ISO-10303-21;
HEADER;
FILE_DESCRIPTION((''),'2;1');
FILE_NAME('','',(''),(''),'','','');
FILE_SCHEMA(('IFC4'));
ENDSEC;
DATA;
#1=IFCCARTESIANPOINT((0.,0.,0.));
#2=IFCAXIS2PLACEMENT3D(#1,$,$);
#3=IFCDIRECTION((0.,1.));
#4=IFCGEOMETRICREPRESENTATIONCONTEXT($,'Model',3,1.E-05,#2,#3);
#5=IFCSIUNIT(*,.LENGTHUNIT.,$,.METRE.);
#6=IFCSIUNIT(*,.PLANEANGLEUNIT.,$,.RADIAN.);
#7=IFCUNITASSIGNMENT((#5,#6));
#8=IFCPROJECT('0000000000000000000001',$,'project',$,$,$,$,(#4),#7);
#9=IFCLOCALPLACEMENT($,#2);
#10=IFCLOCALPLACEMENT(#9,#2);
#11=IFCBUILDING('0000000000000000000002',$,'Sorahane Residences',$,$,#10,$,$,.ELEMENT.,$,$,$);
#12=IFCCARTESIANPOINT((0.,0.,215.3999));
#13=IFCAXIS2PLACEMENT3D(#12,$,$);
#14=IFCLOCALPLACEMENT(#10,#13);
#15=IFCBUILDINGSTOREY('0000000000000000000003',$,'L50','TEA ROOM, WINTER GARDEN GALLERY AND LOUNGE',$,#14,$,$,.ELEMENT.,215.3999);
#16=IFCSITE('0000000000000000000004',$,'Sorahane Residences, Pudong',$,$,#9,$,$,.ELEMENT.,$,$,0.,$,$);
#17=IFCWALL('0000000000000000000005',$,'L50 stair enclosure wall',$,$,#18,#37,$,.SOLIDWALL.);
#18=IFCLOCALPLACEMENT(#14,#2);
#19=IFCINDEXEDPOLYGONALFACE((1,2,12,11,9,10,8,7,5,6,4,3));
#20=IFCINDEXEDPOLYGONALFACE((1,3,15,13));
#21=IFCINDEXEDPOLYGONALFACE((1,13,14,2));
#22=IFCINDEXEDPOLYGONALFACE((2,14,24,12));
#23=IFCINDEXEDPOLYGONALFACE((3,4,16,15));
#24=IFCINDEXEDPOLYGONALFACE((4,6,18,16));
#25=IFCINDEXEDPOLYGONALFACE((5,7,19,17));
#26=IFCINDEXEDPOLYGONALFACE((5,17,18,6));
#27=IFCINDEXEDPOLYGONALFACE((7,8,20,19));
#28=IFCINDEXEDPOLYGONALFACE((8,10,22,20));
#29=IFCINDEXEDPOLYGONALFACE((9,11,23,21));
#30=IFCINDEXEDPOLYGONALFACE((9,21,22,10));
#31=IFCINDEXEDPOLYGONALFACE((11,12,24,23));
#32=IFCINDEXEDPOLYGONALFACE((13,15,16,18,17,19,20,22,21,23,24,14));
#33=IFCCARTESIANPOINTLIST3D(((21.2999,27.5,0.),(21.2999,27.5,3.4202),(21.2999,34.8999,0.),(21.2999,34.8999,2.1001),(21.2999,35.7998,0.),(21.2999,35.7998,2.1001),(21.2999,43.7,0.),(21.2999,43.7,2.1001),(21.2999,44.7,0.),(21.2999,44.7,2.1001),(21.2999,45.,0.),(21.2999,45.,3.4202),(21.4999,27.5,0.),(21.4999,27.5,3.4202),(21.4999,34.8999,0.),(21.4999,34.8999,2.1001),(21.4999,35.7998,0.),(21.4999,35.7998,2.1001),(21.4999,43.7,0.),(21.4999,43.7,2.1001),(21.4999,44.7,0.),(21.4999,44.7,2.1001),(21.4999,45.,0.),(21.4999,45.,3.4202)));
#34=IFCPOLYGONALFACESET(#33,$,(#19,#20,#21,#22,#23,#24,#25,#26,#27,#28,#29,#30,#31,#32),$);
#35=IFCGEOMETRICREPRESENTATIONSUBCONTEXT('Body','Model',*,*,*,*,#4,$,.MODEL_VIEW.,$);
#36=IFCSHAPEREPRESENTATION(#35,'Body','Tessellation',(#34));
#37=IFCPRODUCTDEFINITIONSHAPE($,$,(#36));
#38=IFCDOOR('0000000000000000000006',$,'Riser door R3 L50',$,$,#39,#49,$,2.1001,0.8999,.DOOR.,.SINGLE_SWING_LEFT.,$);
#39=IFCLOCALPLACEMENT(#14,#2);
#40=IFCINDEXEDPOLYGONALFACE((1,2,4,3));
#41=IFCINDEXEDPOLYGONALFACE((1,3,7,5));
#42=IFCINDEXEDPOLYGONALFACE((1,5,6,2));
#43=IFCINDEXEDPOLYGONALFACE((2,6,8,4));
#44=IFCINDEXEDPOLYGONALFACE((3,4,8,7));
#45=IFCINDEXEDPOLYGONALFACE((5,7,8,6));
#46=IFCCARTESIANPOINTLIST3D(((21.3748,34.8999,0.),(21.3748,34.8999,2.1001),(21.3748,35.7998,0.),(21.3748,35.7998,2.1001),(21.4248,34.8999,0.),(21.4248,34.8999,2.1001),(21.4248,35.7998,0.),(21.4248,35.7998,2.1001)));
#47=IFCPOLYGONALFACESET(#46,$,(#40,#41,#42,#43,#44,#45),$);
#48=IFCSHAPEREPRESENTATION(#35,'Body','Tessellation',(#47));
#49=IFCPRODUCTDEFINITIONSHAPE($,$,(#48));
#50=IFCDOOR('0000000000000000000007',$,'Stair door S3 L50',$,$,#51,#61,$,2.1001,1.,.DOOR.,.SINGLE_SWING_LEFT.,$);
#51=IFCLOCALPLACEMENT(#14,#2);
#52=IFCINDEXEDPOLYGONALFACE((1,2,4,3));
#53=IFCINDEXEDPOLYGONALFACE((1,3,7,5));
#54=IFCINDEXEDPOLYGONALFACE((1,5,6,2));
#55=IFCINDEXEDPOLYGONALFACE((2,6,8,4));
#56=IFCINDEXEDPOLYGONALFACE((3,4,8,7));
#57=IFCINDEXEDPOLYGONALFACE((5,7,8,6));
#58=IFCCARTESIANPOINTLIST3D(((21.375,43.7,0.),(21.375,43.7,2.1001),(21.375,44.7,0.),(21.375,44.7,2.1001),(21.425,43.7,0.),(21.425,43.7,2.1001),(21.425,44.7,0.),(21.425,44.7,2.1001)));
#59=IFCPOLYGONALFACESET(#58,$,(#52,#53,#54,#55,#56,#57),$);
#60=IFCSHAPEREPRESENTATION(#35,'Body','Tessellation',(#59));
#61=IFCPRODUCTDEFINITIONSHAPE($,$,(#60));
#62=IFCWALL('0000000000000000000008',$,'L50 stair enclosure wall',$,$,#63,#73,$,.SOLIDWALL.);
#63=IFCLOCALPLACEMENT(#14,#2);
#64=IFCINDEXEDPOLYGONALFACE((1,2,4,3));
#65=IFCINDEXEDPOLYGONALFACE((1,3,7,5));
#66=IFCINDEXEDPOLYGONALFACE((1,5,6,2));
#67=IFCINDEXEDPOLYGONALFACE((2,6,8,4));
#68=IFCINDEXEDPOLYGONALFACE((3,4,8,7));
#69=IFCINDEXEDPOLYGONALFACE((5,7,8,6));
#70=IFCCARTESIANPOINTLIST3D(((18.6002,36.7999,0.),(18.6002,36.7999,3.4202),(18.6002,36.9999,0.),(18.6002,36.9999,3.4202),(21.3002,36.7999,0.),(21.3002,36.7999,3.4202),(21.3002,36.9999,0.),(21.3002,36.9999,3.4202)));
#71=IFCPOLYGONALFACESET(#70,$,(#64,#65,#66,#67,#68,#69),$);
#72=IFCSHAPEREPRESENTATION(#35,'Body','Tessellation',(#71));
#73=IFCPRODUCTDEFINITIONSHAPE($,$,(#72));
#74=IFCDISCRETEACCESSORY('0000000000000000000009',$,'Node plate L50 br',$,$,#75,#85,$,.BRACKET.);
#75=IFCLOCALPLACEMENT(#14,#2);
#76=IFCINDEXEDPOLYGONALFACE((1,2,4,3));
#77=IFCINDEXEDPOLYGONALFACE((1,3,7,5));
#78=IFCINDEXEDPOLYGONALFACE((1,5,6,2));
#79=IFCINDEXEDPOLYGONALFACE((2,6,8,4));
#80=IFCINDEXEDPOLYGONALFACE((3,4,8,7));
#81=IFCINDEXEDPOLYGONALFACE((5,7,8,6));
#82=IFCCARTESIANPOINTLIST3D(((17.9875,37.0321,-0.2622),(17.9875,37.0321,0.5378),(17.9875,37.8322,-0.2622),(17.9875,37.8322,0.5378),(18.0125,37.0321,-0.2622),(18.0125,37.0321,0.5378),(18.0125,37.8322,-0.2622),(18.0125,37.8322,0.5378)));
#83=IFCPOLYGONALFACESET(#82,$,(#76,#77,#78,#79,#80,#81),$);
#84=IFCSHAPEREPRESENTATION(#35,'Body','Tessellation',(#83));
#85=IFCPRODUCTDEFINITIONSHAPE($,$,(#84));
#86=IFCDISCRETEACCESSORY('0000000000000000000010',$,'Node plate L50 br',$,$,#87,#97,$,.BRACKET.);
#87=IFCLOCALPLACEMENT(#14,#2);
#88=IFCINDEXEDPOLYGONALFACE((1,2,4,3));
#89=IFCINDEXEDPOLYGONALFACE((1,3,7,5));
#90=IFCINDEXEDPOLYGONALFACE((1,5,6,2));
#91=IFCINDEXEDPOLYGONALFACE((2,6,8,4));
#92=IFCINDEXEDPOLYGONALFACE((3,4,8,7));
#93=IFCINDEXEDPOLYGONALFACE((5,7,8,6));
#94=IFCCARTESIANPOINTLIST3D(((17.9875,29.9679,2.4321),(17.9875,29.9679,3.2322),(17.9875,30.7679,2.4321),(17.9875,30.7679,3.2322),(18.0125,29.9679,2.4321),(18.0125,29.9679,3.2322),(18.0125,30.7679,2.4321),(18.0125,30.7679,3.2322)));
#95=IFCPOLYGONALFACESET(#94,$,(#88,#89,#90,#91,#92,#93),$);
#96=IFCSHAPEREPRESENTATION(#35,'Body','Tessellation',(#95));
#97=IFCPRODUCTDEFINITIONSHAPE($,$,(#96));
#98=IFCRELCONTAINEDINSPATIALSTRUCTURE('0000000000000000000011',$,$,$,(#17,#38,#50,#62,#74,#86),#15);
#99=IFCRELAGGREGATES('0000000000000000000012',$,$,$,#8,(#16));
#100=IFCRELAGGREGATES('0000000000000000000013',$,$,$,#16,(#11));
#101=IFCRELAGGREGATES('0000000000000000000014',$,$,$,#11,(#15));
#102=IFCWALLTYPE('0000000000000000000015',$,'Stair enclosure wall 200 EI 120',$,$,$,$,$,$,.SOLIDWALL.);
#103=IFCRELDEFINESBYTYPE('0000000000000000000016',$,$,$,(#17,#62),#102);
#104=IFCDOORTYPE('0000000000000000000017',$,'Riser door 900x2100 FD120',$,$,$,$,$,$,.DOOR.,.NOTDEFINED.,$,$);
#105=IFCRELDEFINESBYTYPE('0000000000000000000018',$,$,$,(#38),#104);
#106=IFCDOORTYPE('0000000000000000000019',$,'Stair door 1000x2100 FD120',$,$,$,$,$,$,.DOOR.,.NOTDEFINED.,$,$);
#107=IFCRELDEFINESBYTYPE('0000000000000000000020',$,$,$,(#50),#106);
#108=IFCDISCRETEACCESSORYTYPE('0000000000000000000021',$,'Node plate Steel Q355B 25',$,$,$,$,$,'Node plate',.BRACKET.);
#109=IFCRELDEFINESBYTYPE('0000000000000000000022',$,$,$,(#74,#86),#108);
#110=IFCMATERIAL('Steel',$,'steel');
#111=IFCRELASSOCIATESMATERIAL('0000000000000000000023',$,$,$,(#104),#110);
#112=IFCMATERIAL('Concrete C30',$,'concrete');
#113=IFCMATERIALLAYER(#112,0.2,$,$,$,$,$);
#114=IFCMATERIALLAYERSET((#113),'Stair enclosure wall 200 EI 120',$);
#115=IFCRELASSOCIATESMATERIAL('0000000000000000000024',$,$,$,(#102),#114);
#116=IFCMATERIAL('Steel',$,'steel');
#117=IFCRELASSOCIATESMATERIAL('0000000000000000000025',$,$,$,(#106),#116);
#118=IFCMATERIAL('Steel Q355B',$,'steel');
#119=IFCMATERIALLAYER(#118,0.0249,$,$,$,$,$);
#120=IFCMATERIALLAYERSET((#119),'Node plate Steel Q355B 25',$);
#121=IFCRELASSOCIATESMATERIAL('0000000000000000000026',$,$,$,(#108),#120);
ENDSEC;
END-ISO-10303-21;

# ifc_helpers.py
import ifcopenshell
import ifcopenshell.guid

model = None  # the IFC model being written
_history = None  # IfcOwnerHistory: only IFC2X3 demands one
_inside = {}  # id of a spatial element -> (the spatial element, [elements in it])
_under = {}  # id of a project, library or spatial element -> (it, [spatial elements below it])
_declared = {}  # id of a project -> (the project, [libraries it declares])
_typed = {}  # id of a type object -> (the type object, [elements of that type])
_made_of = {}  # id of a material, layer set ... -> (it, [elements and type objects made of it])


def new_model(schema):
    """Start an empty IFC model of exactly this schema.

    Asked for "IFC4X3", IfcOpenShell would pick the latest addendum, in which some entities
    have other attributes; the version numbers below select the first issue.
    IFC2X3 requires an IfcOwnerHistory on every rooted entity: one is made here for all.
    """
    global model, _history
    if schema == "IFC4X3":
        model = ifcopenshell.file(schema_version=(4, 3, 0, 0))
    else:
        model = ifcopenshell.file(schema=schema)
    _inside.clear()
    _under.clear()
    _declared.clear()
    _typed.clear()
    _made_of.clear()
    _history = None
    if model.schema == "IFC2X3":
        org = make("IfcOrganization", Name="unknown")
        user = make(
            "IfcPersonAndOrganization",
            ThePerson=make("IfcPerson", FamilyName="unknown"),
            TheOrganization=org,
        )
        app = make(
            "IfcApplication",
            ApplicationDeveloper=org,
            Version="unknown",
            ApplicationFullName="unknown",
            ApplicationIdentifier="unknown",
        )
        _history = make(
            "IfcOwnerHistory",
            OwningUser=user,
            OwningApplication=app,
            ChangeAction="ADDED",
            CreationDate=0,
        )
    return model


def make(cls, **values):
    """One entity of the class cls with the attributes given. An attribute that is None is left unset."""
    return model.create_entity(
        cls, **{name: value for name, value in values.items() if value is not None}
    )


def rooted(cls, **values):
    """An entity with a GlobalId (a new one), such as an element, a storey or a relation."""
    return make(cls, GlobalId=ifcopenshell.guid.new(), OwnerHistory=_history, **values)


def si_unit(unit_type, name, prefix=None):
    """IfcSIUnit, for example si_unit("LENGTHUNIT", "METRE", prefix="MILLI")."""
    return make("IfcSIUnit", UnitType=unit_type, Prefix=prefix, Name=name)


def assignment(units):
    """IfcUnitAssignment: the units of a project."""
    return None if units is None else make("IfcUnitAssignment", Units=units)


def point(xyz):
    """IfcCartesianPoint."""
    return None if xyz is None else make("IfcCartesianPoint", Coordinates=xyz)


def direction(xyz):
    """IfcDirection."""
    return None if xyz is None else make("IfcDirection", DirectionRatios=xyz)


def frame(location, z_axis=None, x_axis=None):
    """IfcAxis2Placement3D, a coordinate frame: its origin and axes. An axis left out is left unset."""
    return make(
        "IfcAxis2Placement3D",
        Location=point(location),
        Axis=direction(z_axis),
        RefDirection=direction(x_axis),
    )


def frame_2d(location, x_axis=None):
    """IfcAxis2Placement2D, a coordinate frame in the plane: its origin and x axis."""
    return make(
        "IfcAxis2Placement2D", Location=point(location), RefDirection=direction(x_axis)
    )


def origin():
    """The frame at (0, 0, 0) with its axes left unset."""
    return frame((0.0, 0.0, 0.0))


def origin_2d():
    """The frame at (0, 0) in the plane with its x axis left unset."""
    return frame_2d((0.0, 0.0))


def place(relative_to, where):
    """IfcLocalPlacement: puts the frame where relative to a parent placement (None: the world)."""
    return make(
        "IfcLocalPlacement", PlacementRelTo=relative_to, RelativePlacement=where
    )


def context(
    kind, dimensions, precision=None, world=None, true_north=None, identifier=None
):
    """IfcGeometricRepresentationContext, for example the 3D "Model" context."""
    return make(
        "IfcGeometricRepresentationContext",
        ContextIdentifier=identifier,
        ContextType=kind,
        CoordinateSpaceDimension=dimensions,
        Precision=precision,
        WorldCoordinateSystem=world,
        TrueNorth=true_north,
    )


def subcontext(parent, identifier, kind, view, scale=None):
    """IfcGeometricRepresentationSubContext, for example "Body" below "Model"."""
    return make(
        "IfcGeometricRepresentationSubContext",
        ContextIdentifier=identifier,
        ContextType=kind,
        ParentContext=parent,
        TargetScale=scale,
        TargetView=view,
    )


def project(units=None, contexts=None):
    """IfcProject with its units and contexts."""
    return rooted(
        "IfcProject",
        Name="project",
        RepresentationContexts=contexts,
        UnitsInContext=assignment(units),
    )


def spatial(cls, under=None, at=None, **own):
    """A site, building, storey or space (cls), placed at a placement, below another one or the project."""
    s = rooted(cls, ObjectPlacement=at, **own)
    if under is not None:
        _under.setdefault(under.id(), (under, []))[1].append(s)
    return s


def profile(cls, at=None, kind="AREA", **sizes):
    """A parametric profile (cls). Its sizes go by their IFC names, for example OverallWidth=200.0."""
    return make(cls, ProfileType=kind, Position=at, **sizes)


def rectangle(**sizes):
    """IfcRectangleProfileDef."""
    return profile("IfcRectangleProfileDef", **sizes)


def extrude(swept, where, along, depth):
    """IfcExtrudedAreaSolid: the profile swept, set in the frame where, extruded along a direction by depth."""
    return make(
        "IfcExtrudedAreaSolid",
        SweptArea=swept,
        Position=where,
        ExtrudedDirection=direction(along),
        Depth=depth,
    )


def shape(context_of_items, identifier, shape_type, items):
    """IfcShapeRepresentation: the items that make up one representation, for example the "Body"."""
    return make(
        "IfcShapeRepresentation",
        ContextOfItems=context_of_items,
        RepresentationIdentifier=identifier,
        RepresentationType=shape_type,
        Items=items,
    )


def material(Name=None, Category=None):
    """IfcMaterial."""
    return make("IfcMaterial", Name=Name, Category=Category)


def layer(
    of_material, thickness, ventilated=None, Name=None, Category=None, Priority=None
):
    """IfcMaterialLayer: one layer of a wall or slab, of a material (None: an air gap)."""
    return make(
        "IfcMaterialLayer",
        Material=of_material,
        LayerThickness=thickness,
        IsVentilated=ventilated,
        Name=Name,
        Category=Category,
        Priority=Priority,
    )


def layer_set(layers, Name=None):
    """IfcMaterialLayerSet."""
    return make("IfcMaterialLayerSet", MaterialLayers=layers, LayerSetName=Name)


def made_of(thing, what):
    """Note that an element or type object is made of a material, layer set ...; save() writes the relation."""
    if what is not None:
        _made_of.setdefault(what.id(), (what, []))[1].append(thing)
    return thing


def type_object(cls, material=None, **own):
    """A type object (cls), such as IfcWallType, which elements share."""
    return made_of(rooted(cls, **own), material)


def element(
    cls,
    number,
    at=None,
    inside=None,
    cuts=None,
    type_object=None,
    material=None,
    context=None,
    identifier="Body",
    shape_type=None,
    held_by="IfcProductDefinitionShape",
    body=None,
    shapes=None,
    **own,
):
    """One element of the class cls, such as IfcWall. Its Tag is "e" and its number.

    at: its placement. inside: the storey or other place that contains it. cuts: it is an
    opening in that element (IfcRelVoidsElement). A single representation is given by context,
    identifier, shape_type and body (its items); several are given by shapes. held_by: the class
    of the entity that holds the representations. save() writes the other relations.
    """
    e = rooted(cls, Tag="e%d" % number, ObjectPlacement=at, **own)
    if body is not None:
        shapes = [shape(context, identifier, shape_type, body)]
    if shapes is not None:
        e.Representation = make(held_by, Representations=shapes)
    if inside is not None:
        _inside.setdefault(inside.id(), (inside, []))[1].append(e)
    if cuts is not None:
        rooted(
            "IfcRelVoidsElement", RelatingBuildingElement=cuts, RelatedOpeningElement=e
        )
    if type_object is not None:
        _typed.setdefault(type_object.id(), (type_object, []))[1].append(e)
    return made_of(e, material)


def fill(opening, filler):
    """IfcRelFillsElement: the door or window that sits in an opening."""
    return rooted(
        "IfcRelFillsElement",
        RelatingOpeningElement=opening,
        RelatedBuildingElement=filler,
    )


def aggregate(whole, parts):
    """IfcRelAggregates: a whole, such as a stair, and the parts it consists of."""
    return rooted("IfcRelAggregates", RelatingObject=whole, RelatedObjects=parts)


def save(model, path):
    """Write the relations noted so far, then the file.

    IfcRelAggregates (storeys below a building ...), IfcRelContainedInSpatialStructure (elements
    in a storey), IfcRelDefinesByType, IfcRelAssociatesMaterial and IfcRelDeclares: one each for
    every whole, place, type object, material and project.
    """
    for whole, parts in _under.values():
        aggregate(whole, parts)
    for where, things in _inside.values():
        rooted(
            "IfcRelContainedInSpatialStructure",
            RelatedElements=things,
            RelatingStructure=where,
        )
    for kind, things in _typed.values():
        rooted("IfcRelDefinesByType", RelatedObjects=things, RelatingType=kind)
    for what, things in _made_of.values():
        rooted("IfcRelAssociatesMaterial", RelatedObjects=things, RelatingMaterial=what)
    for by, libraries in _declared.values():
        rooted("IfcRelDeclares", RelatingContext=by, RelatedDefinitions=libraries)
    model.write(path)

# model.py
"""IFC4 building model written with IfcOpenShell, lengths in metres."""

from ifc_helpers import new_model, si_unit, direction, frame, frame_2d, origin, origin_2d, place, context, subcontext, project, spatial, rectangle, extrude, material, layer, layer_set, type_object, element, fill, save


model = new_model("IFC4")

# Units and contexts
model_context = context("Model", 3, precision=1e-05, world=origin(), true_north=direction((0.0, 1.0)))
body_context = subcontext(model_context, "Body", "Model", "MODEL_VIEW")
ifc_project = project(units=[si_unit("LENGTHUNIT", "METRE"), si_unit("PLANEANGLEUNIT", "RADIAN")], contexts=[model_context])

# Site, building, storey
site_placement = place(None, origin())
site = spatial("IfcSite", under=ifc_project, at=site_placement, Name="Sorahane Residences, Pudong", CompositionType="ELEMENT", RefElevation=0.0)
building_placement = place(site_placement, origin())
building = spatial("IfcBuilding", under=site, at=building_placement, Name="Sorahane Residences", CompositionType="ELEMENT")
storey_placement = place(building_placement, frame((0.0, 0.0, 215.3999)))
storey = spatial("IfcBuildingStorey", under=building, at=storey_placement, Name="L50", Description="TEA ROOM, WINTER GARDEN GALLERY AND LOUNGE", CompositionType="ELEMENT", Elevation=215.3999)

# Shared definitions
ifc_material_1 = material(Name="Steel", Category="steel")
door_type_1 = type_object("IfcDoorType", Name="Riser door 900x2100 FD120", OperationType="NOTDEFINED", PredefinedType="DOOR", material=ifc_material_1)

# Wall, openings, doors
ifc_material_2 = material(Name="Concrete C30", Category="concrete")
ifc_layer_1 = layer(ifc_material_2, 0.2)
ifc_layer_set_1 = layer_set([ifc_layer_1], Name="Stair enclosure wall 200 EI 120")
wall_type_1 = type_object("IfcWallType", Name="Stair enclosure wall 200 EI 120", PredefinedType="SOLIDWALL", material=ifc_layer_set_1)
wall_1_placement = place(storey_placement, frame((21.3999, 27.5, 0.0), z_axis=(0.0, 0.0, 1.0), x_axis=(0.0, 1.0, 0.0)))
wall_1 = element("IfcWall", 1, at=wall_1_placement, inside=storey, type_object=wall_type_1, Name="L50 stair enclosure wall", PredefinedType="SOLIDWALL", context=body_context, shape_type="SweptSolid", body=[
    extrude(rectangle(XDim=17.5, YDim=0.2, at=frame_2d((8.75, 0.0))), origin(), (0.0, 0.0, 1.0), 3.4202),
])
opening_1_placement = place(wall_1_placement, frame((16.2, 0.0, 0.0)))
opening_1 = element("IfcOpeningElement", 2, at=opening_1_placement, cuts=wall_1, PredefinedType="OPENING", context=body_context, shape_type="SweptSolid", body=[
    extrude(rectangle(XDim=1.0, YDim=2.1001, at=frame_2d((0.5, 1.05))), frame((0.0, 0.1099, 0.0), z_axis=(0.0, -1.0, 0.0), x_axis=(1.0, 0.0, 0.0)), (0.0, 0.0, 1.0), 0.22),
])
opening_2_placement = place(wall_1_placement, frame((7.3999, 0.0, 0.0)))
opening_2 = element("IfcOpeningElement", 3, at=opening_2_placement, cuts=wall_1, PredefinedType="OPENING", context=body_context, shape_type="SweptSolid", body=[
    extrude(rectangle(XDim=0.8999, YDim=2.1001, at=frame_2d((0.45, 1.05))), frame((0.0, 0.1099, 0.0), z_axis=(0.0, -1.0, 0.0), x_axis=(1.0, 0.0, 0.0)), (0.0, 0.0, 1.0), 0.22),
])
door_1_placement = place(opening_2_placement, frame((0.8999, 0.0, 0.0), z_axis=(0.0, 0.0, 1.0), x_axis=(-1.0, 0.0, 0.0)))
door_1 = element("IfcDoor", 4, at=door_1_placement, inside=storey, type_object=door_type_1, Name="Riser door R3 L50", OperationType="SINGLE_SWING_LEFT", OverallHeight=2.1001, OverallWidth=0.8999, PredefinedType="DOOR", context=body_context, shape_type="SweptSolid", body=[
    extrude(rectangle(XDim=0.8999, YDim=2.1001, at=frame_2d((0.45, 1.05))), frame((0.0, 0.0249, 0.0), z_axis=(0.0, -1.0, 0.0), x_axis=(1.0, 0.0, 0.0)), (0.0, 0.0, 1.0), 0.05),
])
fill(opening_2, door_1)
ifc_material_3 = material(Name="Steel", Category="steel")
door_type_2 = type_object("IfcDoorType", Name="Stair door 1000x2100 FD120", OperationType="NOTDEFINED", PredefinedType="DOOR", material=ifc_material_3)
door_2_placement = place(opening_1_placement, origin())
door_2 = element("IfcDoor", 5, at=door_2_placement, inside=storey, type_object=door_type_2, Name="Stair door S3 L50", OperationType="SINGLE_SWING_LEFT", OverallHeight=2.1001, OverallWidth=1.0, PredefinedType="DOOR", context=body_context, shape_type="SweptSolid", body=[
    extrude(rectangle(XDim=1.0, YDim=2.1001, at=frame_2d((0.5, 1.05))), frame((0.0, 0.0249, 0.0), z_axis=(0.0, -1.0, 0.0), x_axis=(1.0, 0.0, 0.0)), (0.0, 0.0, 1.0), 0.05),
])
fill(opening_1, door_2)

# Wall
wall_2_placement = place(storey_placement, frame((18.6001, 36.8999, 0.0), z_axis=(0.0, 0.0, 1.0), x_axis=(1.0, 0.0, 0.0)))
element("IfcWall", 6, at=wall_2_placement, inside=storey, type_object=wall_type_1, Name="L50 stair enclosure wall", PredefinedType="SOLIDWALL", context=body_context, shape_type="SweptSolid", body=[
    extrude(rectangle(XDim=2.7, YDim=0.2, at=frame_2d((1.3501, 0.0))), origin(), (0.0, 0.0, 1.0), 3.4202),
])

# Discrete accessories
ifc_material_4 = material(Name="Steel Q355B", Category="steel")
ifc_layer_2 = layer(ifc_material_4, 0.0249)
ifc_layer_set_2 = layer_set([ifc_layer_2], Name="Node plate Steel Q355B 25")
discrete_accessory_type = type_object("IfcDiscreteAccessoryType", Name="Node plate Steel Q355B 25", ElementType="Node plate", PredefinedType="BRACKET", material=ifc_layer_set_2)
for number, where, z_axis, x_axis, name in (
    (7, (18.0, 37.4321, -0.2622), (0.0, 0.0, 1.0), (0.0, 1.0, 0.0), "Node plate L50 br"),
    (8, (18.0, 30.3679, 2.4321), (0.0, 0.0, 1.0), (0.0, 1.0, 0.0), "Node plate L50 br"),
):
    element("IfcDiscreteAccessory", number, at=place(storey_placement, frame(where, z_axis=z_axis, x_axis=x_axis)), inside=storey, type_object=discrete_accessory_type, Name=name, PredefinedType="BRACKET", context=body_context, shape_type="SweptSolid", body=[
        extrude(rectangle(XDim=0.8, YDim=0.0249, at=origin_2d()), origin(), (0.0, 0.0, 1.0), 0.8),
    ])

save(model, "model.ifc")
